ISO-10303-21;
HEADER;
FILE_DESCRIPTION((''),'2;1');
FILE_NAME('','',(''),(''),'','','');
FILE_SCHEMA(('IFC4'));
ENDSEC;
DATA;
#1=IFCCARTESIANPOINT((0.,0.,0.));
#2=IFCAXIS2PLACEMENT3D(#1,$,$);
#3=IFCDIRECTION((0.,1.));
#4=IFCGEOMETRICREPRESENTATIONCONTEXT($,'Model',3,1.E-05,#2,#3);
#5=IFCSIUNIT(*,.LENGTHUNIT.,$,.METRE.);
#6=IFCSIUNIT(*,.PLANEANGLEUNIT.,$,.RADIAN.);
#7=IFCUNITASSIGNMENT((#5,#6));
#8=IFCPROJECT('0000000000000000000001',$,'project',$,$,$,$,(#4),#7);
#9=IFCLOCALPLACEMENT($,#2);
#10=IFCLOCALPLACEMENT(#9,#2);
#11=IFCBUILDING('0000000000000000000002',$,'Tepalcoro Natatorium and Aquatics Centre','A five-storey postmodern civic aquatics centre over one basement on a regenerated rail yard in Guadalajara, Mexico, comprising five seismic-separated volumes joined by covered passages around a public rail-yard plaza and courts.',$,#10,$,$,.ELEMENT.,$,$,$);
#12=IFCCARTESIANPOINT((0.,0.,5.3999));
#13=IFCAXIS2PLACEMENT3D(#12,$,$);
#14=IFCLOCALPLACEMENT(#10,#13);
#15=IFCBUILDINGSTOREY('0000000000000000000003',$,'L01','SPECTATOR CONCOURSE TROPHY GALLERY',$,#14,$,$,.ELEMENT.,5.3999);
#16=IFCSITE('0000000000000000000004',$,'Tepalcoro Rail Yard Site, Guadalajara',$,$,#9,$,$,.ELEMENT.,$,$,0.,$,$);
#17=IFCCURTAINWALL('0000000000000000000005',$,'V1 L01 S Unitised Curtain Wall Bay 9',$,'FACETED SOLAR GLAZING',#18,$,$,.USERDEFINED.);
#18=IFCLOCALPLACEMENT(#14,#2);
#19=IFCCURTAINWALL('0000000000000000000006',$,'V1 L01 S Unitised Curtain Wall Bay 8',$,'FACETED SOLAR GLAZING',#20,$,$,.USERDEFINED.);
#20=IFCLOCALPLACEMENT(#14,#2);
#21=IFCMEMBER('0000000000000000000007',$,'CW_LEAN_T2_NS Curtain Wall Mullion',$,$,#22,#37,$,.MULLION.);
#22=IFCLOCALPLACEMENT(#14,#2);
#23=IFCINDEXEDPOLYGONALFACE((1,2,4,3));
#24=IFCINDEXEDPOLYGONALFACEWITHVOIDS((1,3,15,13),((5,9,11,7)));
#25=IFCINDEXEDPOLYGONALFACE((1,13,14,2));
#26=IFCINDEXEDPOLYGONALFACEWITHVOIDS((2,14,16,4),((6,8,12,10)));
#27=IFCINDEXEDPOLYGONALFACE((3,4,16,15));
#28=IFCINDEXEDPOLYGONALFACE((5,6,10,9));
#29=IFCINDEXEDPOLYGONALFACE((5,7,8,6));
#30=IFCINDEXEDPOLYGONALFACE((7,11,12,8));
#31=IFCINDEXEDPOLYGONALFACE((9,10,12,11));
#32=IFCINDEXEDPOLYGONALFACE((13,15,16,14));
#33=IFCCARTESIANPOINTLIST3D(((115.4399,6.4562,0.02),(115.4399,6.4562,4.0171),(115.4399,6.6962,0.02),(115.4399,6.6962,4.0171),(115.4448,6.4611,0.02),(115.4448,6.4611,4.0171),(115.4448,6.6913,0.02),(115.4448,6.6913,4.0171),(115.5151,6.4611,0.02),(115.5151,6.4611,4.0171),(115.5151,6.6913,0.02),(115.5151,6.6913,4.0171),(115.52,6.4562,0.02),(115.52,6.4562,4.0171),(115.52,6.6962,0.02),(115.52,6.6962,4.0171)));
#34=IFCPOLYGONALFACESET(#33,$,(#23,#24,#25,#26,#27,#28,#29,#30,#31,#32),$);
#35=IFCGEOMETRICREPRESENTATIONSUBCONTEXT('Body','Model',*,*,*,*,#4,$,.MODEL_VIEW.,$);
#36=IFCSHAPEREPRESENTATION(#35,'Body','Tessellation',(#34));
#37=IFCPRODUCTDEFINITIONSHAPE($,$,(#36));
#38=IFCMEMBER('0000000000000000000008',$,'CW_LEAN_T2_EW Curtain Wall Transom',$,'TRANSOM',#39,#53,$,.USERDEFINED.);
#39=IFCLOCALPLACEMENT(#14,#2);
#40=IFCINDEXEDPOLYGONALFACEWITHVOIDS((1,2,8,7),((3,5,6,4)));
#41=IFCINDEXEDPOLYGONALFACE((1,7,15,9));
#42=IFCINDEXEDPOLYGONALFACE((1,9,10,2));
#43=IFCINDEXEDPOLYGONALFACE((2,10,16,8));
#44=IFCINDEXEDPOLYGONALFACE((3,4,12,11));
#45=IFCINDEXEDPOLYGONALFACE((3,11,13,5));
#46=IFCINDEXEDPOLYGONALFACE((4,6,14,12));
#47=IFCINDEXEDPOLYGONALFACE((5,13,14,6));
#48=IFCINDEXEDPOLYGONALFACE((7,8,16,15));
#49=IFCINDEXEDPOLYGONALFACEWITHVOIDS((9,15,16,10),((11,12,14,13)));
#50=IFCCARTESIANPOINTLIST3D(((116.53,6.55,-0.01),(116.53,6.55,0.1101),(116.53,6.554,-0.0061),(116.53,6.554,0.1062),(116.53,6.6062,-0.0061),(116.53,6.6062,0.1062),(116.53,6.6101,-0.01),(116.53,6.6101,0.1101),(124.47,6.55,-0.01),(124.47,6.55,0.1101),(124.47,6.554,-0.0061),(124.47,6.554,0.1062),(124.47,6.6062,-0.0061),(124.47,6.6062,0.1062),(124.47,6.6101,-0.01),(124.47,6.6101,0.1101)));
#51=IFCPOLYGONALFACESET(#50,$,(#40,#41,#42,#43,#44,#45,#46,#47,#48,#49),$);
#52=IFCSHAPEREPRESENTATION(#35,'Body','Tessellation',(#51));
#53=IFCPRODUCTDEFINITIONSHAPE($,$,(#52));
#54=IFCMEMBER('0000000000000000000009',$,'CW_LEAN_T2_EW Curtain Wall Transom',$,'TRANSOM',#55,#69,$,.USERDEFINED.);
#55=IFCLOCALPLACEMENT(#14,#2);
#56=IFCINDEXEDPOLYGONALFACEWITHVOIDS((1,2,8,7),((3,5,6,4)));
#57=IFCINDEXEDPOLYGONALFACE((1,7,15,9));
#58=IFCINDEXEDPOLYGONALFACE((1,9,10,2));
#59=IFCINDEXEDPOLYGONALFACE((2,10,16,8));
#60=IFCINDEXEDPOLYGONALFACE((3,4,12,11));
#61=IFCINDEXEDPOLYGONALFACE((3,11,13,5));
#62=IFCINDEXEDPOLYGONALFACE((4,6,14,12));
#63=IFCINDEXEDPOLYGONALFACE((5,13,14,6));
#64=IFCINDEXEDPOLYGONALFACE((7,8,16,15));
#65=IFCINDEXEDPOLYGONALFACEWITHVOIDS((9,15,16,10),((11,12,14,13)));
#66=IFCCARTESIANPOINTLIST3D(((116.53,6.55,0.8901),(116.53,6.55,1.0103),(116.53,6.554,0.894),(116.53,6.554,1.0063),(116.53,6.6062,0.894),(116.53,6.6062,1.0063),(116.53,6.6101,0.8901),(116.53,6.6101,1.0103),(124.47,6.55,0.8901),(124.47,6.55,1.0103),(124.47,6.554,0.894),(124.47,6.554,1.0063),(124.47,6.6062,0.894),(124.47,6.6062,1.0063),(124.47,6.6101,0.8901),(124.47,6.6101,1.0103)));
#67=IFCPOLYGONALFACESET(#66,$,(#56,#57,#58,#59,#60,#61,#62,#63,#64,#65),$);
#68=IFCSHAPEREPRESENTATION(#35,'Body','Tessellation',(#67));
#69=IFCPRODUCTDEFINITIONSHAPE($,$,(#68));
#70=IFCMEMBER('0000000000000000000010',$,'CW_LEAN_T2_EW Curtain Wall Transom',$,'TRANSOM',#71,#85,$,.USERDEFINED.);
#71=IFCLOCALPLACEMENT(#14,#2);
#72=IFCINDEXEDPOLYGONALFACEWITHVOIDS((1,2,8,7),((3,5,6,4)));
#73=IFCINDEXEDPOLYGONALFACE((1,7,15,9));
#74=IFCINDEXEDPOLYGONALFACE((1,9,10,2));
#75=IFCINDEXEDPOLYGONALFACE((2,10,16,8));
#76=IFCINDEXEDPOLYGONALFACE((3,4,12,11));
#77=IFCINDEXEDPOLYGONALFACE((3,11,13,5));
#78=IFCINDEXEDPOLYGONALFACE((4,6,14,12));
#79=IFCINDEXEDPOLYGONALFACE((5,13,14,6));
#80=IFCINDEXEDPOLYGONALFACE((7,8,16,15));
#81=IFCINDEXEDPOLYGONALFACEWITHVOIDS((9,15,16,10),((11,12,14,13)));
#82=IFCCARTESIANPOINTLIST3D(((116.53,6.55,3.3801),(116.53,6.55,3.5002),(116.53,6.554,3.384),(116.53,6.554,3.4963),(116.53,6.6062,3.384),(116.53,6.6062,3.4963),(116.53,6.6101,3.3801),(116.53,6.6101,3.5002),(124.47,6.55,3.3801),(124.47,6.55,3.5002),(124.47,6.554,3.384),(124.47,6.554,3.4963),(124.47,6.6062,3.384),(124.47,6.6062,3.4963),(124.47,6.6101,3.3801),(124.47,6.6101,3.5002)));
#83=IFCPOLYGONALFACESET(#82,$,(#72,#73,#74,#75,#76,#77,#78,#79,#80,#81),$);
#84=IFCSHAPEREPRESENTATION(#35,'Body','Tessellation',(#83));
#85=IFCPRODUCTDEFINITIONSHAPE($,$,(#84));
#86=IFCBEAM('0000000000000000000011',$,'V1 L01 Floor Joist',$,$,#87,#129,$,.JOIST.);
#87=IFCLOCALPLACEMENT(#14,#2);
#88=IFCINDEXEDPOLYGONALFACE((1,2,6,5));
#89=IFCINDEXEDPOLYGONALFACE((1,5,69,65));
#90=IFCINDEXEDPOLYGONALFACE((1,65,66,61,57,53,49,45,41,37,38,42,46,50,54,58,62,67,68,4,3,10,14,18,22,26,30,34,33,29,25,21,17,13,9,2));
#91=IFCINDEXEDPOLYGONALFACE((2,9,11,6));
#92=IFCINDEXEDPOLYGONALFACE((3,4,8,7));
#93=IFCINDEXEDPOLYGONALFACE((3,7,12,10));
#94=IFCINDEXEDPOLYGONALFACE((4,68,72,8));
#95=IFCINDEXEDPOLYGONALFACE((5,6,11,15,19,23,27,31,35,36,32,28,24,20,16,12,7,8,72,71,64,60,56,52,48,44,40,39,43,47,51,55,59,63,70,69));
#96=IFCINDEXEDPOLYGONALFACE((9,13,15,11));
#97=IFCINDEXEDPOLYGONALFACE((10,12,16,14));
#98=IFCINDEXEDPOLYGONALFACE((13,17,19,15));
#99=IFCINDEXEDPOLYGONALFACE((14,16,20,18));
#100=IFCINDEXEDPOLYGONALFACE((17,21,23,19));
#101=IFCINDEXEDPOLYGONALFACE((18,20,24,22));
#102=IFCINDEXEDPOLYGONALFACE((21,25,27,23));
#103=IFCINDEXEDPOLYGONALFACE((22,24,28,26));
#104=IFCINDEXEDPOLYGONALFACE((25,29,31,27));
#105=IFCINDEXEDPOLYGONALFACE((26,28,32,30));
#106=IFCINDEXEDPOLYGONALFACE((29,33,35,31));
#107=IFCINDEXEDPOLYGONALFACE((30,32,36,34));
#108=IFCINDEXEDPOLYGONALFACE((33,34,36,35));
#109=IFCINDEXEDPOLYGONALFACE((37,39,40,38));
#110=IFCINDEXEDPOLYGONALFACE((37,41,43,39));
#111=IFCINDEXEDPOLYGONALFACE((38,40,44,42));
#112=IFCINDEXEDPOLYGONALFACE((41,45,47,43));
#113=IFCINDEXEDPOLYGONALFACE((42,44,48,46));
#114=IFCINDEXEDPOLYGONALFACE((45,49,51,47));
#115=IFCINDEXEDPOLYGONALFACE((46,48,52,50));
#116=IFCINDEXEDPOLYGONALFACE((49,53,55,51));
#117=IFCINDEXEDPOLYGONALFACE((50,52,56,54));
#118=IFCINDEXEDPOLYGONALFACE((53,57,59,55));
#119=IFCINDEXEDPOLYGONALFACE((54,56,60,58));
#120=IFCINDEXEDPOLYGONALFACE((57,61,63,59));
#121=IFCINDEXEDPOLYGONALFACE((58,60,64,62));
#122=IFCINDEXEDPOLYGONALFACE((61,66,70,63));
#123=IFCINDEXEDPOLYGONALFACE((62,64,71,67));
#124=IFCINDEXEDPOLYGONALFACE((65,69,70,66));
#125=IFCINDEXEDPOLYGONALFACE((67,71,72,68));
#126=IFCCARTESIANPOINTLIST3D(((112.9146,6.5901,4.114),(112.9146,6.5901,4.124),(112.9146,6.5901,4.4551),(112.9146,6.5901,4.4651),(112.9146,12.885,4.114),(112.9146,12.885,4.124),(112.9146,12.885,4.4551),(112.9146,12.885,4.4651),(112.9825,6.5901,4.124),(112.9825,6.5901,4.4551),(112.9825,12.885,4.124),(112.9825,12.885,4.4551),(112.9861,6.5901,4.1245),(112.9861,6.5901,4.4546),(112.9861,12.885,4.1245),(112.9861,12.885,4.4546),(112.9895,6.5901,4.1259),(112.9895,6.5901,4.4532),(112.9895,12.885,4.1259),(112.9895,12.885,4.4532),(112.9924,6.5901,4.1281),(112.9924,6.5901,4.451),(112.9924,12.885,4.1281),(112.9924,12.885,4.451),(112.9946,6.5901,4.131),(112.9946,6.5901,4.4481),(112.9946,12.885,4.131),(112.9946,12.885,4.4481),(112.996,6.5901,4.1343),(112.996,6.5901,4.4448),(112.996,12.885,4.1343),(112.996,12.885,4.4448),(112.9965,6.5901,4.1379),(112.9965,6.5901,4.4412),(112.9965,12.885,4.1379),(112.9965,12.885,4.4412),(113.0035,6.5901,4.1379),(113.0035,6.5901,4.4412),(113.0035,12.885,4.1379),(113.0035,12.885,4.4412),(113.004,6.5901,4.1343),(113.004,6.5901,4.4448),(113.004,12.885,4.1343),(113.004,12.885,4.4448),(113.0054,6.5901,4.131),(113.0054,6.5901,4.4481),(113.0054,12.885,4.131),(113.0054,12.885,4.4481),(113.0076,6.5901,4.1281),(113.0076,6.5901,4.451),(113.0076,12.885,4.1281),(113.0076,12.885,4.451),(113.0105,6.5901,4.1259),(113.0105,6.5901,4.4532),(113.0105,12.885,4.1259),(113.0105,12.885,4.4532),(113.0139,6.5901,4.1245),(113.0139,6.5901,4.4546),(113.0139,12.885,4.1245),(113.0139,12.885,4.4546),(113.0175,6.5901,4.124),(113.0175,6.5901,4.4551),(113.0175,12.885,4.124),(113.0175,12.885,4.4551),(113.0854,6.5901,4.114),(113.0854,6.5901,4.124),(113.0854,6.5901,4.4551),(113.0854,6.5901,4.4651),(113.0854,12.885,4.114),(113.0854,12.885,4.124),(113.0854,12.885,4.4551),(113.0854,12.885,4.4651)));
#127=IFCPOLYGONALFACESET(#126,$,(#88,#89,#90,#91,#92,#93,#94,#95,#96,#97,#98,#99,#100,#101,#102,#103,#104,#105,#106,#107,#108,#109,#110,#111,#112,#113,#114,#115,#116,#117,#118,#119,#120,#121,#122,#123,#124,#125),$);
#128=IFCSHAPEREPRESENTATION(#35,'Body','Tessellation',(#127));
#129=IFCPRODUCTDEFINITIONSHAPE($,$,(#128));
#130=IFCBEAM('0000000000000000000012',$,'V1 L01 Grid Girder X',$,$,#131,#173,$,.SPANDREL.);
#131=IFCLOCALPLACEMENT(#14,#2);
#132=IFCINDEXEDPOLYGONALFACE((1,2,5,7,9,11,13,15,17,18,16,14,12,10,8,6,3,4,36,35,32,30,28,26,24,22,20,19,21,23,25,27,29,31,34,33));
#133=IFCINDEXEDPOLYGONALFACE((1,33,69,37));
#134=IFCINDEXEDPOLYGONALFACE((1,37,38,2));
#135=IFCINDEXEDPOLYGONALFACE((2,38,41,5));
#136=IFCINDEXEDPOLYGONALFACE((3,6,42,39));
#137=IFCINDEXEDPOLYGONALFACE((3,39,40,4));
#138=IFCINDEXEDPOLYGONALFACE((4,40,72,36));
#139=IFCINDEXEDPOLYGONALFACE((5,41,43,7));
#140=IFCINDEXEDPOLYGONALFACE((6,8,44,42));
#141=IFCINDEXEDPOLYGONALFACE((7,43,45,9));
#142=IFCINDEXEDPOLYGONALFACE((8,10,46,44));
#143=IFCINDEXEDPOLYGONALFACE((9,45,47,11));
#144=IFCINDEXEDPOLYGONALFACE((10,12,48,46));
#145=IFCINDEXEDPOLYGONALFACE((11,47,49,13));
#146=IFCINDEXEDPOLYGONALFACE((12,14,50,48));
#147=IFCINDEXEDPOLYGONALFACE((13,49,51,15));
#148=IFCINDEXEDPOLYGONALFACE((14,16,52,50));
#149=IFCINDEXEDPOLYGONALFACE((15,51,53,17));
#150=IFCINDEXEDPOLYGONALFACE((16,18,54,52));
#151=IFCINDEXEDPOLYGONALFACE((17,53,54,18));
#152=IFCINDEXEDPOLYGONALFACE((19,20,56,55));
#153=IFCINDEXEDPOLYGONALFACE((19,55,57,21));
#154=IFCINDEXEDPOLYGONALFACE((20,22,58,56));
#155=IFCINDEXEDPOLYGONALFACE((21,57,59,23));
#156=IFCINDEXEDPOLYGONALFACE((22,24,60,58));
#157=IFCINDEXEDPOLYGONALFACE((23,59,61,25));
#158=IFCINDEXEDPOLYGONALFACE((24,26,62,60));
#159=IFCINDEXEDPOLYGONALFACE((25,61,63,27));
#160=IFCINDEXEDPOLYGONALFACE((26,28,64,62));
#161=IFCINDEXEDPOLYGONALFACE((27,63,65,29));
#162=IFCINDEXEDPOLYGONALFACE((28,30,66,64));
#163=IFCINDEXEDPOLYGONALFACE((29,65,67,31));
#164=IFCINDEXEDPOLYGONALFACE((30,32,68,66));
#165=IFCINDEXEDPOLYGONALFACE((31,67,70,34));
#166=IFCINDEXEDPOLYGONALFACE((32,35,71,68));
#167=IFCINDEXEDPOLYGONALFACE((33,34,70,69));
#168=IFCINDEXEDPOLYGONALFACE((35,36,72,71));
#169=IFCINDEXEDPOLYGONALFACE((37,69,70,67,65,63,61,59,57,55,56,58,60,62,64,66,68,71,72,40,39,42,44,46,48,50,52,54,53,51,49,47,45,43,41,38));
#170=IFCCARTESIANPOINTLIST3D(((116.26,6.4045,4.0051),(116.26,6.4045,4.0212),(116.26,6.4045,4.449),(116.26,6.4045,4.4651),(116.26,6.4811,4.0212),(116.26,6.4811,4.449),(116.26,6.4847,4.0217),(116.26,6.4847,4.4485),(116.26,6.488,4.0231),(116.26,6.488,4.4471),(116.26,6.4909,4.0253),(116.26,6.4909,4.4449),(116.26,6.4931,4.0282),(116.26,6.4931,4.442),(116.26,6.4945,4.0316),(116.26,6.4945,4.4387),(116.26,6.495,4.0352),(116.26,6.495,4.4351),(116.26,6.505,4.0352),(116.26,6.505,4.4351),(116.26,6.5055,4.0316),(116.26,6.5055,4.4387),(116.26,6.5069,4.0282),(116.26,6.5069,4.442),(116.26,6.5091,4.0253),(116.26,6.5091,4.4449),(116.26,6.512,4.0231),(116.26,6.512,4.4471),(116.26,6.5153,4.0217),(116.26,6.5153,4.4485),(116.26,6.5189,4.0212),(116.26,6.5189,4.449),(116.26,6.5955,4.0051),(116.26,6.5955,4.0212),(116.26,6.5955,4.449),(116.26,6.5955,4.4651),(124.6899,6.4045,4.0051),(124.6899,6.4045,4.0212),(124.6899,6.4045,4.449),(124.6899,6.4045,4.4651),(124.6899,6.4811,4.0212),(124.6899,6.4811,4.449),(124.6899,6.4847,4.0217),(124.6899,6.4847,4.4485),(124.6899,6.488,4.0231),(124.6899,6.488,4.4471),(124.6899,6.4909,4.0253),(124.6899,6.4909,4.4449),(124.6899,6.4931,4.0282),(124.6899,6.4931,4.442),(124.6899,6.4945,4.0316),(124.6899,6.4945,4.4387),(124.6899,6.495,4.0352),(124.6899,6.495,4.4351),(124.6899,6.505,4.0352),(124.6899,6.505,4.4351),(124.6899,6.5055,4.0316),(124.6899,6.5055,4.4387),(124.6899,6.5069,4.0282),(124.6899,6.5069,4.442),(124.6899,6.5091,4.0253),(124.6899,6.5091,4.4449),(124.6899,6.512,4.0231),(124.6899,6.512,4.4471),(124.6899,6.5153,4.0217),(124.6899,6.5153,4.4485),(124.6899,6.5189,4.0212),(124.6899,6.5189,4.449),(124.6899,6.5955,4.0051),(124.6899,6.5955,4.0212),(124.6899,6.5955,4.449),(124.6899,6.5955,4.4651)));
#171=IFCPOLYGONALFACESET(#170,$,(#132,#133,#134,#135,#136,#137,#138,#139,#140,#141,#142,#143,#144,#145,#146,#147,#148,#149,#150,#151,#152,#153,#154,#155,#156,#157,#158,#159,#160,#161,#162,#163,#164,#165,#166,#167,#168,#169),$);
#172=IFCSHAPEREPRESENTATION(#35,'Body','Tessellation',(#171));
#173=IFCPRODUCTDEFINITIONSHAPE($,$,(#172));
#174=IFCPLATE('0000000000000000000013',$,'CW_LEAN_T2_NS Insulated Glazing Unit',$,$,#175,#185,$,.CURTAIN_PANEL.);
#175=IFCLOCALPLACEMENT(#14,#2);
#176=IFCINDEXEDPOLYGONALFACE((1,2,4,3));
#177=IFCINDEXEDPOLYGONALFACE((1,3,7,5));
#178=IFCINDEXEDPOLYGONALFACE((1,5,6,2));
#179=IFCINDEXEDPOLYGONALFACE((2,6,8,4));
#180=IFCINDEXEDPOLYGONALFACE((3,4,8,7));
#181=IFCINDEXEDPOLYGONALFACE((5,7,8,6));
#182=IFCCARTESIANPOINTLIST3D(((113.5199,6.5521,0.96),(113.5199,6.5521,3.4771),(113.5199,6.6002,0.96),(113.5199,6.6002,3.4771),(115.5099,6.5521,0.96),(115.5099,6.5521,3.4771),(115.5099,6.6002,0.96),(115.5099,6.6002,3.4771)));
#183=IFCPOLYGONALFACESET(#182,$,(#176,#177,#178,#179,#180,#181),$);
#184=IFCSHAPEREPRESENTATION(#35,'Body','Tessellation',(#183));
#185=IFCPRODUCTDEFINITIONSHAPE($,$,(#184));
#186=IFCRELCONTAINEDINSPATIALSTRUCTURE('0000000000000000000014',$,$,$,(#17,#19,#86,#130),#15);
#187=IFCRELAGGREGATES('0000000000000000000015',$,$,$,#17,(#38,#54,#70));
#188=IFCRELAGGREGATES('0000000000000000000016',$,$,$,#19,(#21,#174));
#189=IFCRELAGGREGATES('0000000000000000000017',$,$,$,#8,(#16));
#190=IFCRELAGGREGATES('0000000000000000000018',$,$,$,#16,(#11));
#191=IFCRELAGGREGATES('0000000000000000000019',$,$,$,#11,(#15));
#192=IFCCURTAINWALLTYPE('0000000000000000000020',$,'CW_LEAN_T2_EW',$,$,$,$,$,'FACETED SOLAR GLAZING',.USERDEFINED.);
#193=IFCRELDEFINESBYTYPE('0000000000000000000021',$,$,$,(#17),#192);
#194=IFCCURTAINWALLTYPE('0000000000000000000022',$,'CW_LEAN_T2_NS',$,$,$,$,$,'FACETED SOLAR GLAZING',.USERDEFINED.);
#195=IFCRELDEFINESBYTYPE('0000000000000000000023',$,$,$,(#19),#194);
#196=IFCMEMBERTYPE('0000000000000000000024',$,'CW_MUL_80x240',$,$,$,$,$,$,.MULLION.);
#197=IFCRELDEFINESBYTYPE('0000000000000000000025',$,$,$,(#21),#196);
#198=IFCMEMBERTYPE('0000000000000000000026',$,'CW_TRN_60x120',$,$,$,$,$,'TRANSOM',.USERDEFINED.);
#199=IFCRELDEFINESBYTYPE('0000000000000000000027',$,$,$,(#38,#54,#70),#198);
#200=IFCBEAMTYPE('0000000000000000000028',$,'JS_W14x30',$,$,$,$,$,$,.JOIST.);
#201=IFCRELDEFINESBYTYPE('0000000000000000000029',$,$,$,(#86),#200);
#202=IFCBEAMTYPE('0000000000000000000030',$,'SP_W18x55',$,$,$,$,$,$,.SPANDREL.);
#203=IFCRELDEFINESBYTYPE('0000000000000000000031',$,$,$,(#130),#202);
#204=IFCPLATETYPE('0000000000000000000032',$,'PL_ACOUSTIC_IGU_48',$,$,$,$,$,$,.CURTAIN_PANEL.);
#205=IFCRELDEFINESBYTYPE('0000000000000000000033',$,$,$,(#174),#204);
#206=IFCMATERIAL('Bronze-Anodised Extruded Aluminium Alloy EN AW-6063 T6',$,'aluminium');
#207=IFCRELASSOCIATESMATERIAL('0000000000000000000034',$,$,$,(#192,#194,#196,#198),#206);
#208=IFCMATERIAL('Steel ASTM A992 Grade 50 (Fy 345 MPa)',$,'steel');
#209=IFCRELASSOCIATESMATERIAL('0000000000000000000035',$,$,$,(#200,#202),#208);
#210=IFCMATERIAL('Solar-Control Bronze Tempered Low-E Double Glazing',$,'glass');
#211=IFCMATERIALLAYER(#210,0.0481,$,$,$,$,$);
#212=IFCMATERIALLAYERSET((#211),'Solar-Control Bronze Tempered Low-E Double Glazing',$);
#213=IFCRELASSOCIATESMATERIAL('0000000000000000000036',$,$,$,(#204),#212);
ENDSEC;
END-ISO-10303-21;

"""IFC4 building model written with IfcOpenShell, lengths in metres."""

from ifc_helpers import new_model, si_unit, direction, frame, origin, origin_2d, place, context, subcontext, project, spatial, rectangle, hollow_rectangle, i_section, extrude, material, layer, layer_set, material_profile, profile_set, type_object, element, aggregate, save


model = new_model("IFC4")

# Units and contexts
model_context = context("Model", 3, precision=1e-05, world=origin(), true_north=direction((0.0, 1.0)))
body_context = subcontext(model_context, "Body", "Model", "MODEL_VIEW")
ifc_project = project(units=[si_unit("LENGTHUNIT", "METRE"), si_unit("PLANEANGLEUNIT", "RADIAN")], contexts=[model_context])

# Site, building, storey
site_placement = place(None, origin())
site = spatial("IfcSite", under=ifc_project, at=site_placement, Name="Tepalcoro Rail Yard Site, Guadalajara", CompositionType="ELEMENT", RefElevation=0.0)
building_placement = place(site_placement, origin())
building = spatial("IfcBuilding", under=site, at=building_placement, Name="Tepalcoro Natatorium and Aquatics Centre", Description="A five-storey postmodern civic aquatics centre over one basement on a regenerated rail yard in Guadalajara, Mexico, comprising five seismic-separated volumes joined by covered passages around a public rail-yard plaza and courts.", CompositionType="ELEMENT")
storey_placement = place(building_placement, frame((0.0, 0.0, 5.3999)))
storey = spatial("IfcBuildingStorey", under=building, at=storey_placement, Name="L01", Description="SPECTATOR CONCOURSE TROPHY GALLERY", CompositionType="ELEMENT", Elevation=5.3999)

# Shared definitions
ifc_material_1 = material(Name="Steel ASTM A992 Grade 50 (Fy 345 MPa)", Category="steel")

# Curtain wall
ifc_material_2 = material(Name="Bronze-Anodised Extruded Aluminium Alloy EN AW-6063 T6", Category="aluminium")
curtain_wall_type_1 = type_object("IfcCurtainWallType", Name="CW_LEAN_T2_EW", ElementType="FACETED SOLAR GLAZING", PredefinedType="USERDEFINED", material=ifc_material_2)
curtain_wall_1_placement = place(storey_placement, origin())
curtain_wall_1 = element("IfcCurtainWall", 1, at=curtain_wall_1_placement, inside=storey, type_object=curtain_wall_type_1, Name="V1 L01 S Unitised Curtain Wall Bay 9", ObjectType="FACETED SOLAR GLAZING", PredefinedType="USERDEFINED")

# Curtain wall, member
curtain_wall_type_2 = type_object("IfcCurtainWallType", Name="CW_LEAN_T2_NS", ElementType="FACETED SOLAR GLAZING", PredefinedType="USERDEFINED", material=ifc_material_2)
curtain_wall_2_placement = place(storey_placement, origin())
curtain_wall_2 = element("IfcCurtainWall", 2, at=curtain_wall_2_placement, inside=storey, type_object=curtain_wall_type_2, Name="V1 L01 S Unitised Curtain Wall Bay 8", ObjectType="FACETED SOLAR GLAZING", PredefinedType="USERDEFINED")
ifc_material_profile_1 = material_profile(ifc_material_2, hollow_rectangle(XDim=0.0801, YDim=0.24, WallThickness=0.0049, at=origin_2d()), Name="AL80X240X5")
ifc_profile_set_1 = profile_set([ifc_material_profile_1], Name="Bronze-Anodised Extruded Aluminium Alloy EN AW-6063 T6")
member_type_1 = type_object("IfcMemberType", Name="CW_MUL_80x240", PredefinedType="MULLION", material=ifc_profile_set_1)
member_1_placement = place(storey_placement, frame((115.48, 6.5762, 0.02), z_axis=(0.0, 0.0, 1.0), x_axis=(1.0, 0.0, 0.0)))
member_1 = element("IfcMember", 3, at=member_1_placement, type_object=member_type_1, Name="CW_LEAN_T2_NS Curtain Wall Mullion", PredefinedType="MULLION", context=body_context, shape_type="SweptSolid", body=[
    extrude(hollow_rectangle(XDim=0.0801, YDim=0.24, WallThickness=0.0049, at=origin_2d()), origin(), (0.0, 0.0, 1.0), 3.9971),
])

# Members
ifc_material_profile_2 = material_profile(ifc_material_2, hollow_rectangle(XDim=0.0601, YDim=0.1201, WallThickness=0.0039, at=origin_2d()), Name="AL60X120X4")
ifc_profile_set_2 = profile_set([ifc_material_profile_2], Name="Bronze-Anodised Extruded Aluminium Alloy EN AW-6063 T6")
member_type_2 = type_object("IfcMemberType", Name="CW_TRN_60x120", ElementType="TRANSOM", PredefinedType="USERDEFINED", material=ifc_profile_set_2)
member_2_placement = place(storey_placement, frame((116.53, 6.5801, 0.05), z_axis=(1.0, 0.0, 0.0), x_axis=(0.0, 1.0, 0.0)))
member_2 = element("IfcMember", 4, at=member_2_placement, type_object=member_type_2, Name="CW_LEAN_T2_EW Curtain Wall Transom", ObjectType="TRANSOM", PredefinedType="USERDEFINED", context=body_context, shape_type="SweptSolid", body=[
    extrude(hollow_rectangle(XDim=0.0601, YDim=0.1201, WallThickness=0.0039, at=origin_2d()), origin(), (0.0, 0.0, 1.0), 7.9399),
])
member_3_placement = place(storey_placement, frame((116.53, 6.5801, 0.9502), z_axis=(1.0, 0.0, 0.0), x_axis=(0.0, 1.0, 0.0)))
member_3 = element("IfcMember", 5, at=member_3_placement, type_object=member_type_2, Name="CW_LEAN_T2_EW Curtain Wall Transom", ObjectType="TRANSOM", PredefinedType="USERDEFINED", context=body_context, shape_type="SweptSolid", body=[
    extrude(hollow_rectangle(XDim=0.0601, YDim=0.1201, WallThickness=0.0039, at=origin_2d()), origin(), (0.0, 0.0, 1.0), 7.9399),
])
member_4_placement = place(storey_placement, frame((116.53, 6.5801, 3.4402), z_axis=(1.0, 0.0, 0.0), x_axis=(0.0, 1.0, 0.0)))
member_4 = element("IfcMember", 6, at=member_4_placement, type_object=member_type_2, Name="CW_LEAN_T2_EW Curtain Wall Transom", ObjectType="TRANSOM", PredefinedType="USERDEFINED", context=body_context, shape_type="SweptSolid", body=[
    extrude(hollow_rectangle(XDim=0.0601, YDim=0.1201, WallThickness=0.0039, at=origin_2d()), origin(), (0.0, 0.0, 1.0), 7.9399),
])
aggregate(curtain_wall_1, [member_2, member_3, member_4])

# Beams
ifc_material_profile_3 = material_profile(ifc_material_1, i_section(OverallWidth=0.1709, OverallDepth=0.3511, WebThickness=0.0071, FlangeThickness=0.01, FilletRadius=0.0139, at=origin_2d()), Name="W14X30")
ifc_profile_set_3 = profile_set([ifc_material_profile_3], Name="Steel ASTM A992 Grade 50 (Fy 345 MPa)")
beam_type_1 = type_object("IfcBeamType", Name="JS_W14x30", PredefinedType="JOIST", material=ifc_profile_set_3)
beam_1_placement = place(storey_placement, frame((113.0, 6.5901, 4.2896), z_axis=(0.0, 1.0, 0.0), x_axis=(-1.0, 0.0, 0.0)))
element("IfcBeam", 7, at=beam_1_placement, inside=storey, type_object=beam_type_1, Name="V1 L01 Floor Joist", PredefinedType="JOIST", context=body_context, shape_type="SweptSolid", body=[
    extrude(i_section(OverallWidth=0.1709, OverallDepth=0.3511, WebThickness=0.0071, FlangeThickness=0.01, FilletRadius=0.0139, at=origin_2d()), origin(), (0.0, 0.0, 1.0), 6.2949),
])
ifc_material_profile_4 = material_profile(ifc_material_1, i_section(OverallWidth=0.1909, OverallDepth=0.46, WebThickness=0.01, FlangeThickness=0.0161, FilletRadius=0.0139, at=origin_2d()), Name="W18X55")
ifc_profile_set_4 = profile_set([ifc_material_profile_4], Name="Steel ASTM A992 Grade 50 (Fy 345 MPa)")
beam_type_2 = type_object("IfcBeamType", Name="SP_W18x55", PredefinedType="SPANDREL", material=ifc_profile_set_4)
beam_2_placement = place(storey_placement, frame((116.26, 6.5, 4.2351), z_axis=(1.0, 0.0, 0.0), x_axis=(0.0, 1.0, 0.0)))
element("IfcBeam", 8, at=beam_2_placement, inside=storey, type_object=beam_type_2, Name="V1 L01 Grid Girder X", PredefinedType="SPANDREL", context=body_context, shape_type="SweptSolid", body=[
    extrude(i_section(OverallWidth=0.1909, OverallDepth=0.46, WebThickness=0.01, FlangeThickness=0.0161, FilletRadius=0.0139, at=origin_2d()), origin(), (0.0, 0.0, 1.0), 8.4299),
])

# Plate
ifc_material_3 = material(Name="Solar-Control Bronze Tempered Low-E Double Glazing", Category="glass")
ifc_layer_1 = layer(ifc_material_3, 0.0481)
ifc_layer_set_1 = layer_set([ifc_layer_1], Name="Solar-Control Bronze Tempered Low-E Double Glazing")
plate_type_1 = type_object("IfcPlateType", Name="PL_ACOUSTIC_IGU_48", PredefinedType="CURTAIN_PANEL", material=ifc_layer_set_1)
plate_1_placement = place(storey_placement, frame((114.5149, 6.5762, 0.96), z_axis=(0.0, 0.0, 1.0), x_axis=(1.0, 0.0, 0.0)))
plate_1 = element("IfcPlate", 9, at=plate_1_placement, type_object=plate_type_1, Name="CW_LEAN_T2_NS Insulated Glazing Unit", PredefinedType="CURTAIN_PANEL", context=body_context, shape_type="SweptSolid", body=[
    extrude(rectangle(XDim=1.99, YDim=0.0481, at=origin_2d()), origin(), (0.0, 0.0, 1.0), 2.5171),
])
aggregate(curtain_wall_2, [member_1, plate_1])

save(model, "model.ifc")
